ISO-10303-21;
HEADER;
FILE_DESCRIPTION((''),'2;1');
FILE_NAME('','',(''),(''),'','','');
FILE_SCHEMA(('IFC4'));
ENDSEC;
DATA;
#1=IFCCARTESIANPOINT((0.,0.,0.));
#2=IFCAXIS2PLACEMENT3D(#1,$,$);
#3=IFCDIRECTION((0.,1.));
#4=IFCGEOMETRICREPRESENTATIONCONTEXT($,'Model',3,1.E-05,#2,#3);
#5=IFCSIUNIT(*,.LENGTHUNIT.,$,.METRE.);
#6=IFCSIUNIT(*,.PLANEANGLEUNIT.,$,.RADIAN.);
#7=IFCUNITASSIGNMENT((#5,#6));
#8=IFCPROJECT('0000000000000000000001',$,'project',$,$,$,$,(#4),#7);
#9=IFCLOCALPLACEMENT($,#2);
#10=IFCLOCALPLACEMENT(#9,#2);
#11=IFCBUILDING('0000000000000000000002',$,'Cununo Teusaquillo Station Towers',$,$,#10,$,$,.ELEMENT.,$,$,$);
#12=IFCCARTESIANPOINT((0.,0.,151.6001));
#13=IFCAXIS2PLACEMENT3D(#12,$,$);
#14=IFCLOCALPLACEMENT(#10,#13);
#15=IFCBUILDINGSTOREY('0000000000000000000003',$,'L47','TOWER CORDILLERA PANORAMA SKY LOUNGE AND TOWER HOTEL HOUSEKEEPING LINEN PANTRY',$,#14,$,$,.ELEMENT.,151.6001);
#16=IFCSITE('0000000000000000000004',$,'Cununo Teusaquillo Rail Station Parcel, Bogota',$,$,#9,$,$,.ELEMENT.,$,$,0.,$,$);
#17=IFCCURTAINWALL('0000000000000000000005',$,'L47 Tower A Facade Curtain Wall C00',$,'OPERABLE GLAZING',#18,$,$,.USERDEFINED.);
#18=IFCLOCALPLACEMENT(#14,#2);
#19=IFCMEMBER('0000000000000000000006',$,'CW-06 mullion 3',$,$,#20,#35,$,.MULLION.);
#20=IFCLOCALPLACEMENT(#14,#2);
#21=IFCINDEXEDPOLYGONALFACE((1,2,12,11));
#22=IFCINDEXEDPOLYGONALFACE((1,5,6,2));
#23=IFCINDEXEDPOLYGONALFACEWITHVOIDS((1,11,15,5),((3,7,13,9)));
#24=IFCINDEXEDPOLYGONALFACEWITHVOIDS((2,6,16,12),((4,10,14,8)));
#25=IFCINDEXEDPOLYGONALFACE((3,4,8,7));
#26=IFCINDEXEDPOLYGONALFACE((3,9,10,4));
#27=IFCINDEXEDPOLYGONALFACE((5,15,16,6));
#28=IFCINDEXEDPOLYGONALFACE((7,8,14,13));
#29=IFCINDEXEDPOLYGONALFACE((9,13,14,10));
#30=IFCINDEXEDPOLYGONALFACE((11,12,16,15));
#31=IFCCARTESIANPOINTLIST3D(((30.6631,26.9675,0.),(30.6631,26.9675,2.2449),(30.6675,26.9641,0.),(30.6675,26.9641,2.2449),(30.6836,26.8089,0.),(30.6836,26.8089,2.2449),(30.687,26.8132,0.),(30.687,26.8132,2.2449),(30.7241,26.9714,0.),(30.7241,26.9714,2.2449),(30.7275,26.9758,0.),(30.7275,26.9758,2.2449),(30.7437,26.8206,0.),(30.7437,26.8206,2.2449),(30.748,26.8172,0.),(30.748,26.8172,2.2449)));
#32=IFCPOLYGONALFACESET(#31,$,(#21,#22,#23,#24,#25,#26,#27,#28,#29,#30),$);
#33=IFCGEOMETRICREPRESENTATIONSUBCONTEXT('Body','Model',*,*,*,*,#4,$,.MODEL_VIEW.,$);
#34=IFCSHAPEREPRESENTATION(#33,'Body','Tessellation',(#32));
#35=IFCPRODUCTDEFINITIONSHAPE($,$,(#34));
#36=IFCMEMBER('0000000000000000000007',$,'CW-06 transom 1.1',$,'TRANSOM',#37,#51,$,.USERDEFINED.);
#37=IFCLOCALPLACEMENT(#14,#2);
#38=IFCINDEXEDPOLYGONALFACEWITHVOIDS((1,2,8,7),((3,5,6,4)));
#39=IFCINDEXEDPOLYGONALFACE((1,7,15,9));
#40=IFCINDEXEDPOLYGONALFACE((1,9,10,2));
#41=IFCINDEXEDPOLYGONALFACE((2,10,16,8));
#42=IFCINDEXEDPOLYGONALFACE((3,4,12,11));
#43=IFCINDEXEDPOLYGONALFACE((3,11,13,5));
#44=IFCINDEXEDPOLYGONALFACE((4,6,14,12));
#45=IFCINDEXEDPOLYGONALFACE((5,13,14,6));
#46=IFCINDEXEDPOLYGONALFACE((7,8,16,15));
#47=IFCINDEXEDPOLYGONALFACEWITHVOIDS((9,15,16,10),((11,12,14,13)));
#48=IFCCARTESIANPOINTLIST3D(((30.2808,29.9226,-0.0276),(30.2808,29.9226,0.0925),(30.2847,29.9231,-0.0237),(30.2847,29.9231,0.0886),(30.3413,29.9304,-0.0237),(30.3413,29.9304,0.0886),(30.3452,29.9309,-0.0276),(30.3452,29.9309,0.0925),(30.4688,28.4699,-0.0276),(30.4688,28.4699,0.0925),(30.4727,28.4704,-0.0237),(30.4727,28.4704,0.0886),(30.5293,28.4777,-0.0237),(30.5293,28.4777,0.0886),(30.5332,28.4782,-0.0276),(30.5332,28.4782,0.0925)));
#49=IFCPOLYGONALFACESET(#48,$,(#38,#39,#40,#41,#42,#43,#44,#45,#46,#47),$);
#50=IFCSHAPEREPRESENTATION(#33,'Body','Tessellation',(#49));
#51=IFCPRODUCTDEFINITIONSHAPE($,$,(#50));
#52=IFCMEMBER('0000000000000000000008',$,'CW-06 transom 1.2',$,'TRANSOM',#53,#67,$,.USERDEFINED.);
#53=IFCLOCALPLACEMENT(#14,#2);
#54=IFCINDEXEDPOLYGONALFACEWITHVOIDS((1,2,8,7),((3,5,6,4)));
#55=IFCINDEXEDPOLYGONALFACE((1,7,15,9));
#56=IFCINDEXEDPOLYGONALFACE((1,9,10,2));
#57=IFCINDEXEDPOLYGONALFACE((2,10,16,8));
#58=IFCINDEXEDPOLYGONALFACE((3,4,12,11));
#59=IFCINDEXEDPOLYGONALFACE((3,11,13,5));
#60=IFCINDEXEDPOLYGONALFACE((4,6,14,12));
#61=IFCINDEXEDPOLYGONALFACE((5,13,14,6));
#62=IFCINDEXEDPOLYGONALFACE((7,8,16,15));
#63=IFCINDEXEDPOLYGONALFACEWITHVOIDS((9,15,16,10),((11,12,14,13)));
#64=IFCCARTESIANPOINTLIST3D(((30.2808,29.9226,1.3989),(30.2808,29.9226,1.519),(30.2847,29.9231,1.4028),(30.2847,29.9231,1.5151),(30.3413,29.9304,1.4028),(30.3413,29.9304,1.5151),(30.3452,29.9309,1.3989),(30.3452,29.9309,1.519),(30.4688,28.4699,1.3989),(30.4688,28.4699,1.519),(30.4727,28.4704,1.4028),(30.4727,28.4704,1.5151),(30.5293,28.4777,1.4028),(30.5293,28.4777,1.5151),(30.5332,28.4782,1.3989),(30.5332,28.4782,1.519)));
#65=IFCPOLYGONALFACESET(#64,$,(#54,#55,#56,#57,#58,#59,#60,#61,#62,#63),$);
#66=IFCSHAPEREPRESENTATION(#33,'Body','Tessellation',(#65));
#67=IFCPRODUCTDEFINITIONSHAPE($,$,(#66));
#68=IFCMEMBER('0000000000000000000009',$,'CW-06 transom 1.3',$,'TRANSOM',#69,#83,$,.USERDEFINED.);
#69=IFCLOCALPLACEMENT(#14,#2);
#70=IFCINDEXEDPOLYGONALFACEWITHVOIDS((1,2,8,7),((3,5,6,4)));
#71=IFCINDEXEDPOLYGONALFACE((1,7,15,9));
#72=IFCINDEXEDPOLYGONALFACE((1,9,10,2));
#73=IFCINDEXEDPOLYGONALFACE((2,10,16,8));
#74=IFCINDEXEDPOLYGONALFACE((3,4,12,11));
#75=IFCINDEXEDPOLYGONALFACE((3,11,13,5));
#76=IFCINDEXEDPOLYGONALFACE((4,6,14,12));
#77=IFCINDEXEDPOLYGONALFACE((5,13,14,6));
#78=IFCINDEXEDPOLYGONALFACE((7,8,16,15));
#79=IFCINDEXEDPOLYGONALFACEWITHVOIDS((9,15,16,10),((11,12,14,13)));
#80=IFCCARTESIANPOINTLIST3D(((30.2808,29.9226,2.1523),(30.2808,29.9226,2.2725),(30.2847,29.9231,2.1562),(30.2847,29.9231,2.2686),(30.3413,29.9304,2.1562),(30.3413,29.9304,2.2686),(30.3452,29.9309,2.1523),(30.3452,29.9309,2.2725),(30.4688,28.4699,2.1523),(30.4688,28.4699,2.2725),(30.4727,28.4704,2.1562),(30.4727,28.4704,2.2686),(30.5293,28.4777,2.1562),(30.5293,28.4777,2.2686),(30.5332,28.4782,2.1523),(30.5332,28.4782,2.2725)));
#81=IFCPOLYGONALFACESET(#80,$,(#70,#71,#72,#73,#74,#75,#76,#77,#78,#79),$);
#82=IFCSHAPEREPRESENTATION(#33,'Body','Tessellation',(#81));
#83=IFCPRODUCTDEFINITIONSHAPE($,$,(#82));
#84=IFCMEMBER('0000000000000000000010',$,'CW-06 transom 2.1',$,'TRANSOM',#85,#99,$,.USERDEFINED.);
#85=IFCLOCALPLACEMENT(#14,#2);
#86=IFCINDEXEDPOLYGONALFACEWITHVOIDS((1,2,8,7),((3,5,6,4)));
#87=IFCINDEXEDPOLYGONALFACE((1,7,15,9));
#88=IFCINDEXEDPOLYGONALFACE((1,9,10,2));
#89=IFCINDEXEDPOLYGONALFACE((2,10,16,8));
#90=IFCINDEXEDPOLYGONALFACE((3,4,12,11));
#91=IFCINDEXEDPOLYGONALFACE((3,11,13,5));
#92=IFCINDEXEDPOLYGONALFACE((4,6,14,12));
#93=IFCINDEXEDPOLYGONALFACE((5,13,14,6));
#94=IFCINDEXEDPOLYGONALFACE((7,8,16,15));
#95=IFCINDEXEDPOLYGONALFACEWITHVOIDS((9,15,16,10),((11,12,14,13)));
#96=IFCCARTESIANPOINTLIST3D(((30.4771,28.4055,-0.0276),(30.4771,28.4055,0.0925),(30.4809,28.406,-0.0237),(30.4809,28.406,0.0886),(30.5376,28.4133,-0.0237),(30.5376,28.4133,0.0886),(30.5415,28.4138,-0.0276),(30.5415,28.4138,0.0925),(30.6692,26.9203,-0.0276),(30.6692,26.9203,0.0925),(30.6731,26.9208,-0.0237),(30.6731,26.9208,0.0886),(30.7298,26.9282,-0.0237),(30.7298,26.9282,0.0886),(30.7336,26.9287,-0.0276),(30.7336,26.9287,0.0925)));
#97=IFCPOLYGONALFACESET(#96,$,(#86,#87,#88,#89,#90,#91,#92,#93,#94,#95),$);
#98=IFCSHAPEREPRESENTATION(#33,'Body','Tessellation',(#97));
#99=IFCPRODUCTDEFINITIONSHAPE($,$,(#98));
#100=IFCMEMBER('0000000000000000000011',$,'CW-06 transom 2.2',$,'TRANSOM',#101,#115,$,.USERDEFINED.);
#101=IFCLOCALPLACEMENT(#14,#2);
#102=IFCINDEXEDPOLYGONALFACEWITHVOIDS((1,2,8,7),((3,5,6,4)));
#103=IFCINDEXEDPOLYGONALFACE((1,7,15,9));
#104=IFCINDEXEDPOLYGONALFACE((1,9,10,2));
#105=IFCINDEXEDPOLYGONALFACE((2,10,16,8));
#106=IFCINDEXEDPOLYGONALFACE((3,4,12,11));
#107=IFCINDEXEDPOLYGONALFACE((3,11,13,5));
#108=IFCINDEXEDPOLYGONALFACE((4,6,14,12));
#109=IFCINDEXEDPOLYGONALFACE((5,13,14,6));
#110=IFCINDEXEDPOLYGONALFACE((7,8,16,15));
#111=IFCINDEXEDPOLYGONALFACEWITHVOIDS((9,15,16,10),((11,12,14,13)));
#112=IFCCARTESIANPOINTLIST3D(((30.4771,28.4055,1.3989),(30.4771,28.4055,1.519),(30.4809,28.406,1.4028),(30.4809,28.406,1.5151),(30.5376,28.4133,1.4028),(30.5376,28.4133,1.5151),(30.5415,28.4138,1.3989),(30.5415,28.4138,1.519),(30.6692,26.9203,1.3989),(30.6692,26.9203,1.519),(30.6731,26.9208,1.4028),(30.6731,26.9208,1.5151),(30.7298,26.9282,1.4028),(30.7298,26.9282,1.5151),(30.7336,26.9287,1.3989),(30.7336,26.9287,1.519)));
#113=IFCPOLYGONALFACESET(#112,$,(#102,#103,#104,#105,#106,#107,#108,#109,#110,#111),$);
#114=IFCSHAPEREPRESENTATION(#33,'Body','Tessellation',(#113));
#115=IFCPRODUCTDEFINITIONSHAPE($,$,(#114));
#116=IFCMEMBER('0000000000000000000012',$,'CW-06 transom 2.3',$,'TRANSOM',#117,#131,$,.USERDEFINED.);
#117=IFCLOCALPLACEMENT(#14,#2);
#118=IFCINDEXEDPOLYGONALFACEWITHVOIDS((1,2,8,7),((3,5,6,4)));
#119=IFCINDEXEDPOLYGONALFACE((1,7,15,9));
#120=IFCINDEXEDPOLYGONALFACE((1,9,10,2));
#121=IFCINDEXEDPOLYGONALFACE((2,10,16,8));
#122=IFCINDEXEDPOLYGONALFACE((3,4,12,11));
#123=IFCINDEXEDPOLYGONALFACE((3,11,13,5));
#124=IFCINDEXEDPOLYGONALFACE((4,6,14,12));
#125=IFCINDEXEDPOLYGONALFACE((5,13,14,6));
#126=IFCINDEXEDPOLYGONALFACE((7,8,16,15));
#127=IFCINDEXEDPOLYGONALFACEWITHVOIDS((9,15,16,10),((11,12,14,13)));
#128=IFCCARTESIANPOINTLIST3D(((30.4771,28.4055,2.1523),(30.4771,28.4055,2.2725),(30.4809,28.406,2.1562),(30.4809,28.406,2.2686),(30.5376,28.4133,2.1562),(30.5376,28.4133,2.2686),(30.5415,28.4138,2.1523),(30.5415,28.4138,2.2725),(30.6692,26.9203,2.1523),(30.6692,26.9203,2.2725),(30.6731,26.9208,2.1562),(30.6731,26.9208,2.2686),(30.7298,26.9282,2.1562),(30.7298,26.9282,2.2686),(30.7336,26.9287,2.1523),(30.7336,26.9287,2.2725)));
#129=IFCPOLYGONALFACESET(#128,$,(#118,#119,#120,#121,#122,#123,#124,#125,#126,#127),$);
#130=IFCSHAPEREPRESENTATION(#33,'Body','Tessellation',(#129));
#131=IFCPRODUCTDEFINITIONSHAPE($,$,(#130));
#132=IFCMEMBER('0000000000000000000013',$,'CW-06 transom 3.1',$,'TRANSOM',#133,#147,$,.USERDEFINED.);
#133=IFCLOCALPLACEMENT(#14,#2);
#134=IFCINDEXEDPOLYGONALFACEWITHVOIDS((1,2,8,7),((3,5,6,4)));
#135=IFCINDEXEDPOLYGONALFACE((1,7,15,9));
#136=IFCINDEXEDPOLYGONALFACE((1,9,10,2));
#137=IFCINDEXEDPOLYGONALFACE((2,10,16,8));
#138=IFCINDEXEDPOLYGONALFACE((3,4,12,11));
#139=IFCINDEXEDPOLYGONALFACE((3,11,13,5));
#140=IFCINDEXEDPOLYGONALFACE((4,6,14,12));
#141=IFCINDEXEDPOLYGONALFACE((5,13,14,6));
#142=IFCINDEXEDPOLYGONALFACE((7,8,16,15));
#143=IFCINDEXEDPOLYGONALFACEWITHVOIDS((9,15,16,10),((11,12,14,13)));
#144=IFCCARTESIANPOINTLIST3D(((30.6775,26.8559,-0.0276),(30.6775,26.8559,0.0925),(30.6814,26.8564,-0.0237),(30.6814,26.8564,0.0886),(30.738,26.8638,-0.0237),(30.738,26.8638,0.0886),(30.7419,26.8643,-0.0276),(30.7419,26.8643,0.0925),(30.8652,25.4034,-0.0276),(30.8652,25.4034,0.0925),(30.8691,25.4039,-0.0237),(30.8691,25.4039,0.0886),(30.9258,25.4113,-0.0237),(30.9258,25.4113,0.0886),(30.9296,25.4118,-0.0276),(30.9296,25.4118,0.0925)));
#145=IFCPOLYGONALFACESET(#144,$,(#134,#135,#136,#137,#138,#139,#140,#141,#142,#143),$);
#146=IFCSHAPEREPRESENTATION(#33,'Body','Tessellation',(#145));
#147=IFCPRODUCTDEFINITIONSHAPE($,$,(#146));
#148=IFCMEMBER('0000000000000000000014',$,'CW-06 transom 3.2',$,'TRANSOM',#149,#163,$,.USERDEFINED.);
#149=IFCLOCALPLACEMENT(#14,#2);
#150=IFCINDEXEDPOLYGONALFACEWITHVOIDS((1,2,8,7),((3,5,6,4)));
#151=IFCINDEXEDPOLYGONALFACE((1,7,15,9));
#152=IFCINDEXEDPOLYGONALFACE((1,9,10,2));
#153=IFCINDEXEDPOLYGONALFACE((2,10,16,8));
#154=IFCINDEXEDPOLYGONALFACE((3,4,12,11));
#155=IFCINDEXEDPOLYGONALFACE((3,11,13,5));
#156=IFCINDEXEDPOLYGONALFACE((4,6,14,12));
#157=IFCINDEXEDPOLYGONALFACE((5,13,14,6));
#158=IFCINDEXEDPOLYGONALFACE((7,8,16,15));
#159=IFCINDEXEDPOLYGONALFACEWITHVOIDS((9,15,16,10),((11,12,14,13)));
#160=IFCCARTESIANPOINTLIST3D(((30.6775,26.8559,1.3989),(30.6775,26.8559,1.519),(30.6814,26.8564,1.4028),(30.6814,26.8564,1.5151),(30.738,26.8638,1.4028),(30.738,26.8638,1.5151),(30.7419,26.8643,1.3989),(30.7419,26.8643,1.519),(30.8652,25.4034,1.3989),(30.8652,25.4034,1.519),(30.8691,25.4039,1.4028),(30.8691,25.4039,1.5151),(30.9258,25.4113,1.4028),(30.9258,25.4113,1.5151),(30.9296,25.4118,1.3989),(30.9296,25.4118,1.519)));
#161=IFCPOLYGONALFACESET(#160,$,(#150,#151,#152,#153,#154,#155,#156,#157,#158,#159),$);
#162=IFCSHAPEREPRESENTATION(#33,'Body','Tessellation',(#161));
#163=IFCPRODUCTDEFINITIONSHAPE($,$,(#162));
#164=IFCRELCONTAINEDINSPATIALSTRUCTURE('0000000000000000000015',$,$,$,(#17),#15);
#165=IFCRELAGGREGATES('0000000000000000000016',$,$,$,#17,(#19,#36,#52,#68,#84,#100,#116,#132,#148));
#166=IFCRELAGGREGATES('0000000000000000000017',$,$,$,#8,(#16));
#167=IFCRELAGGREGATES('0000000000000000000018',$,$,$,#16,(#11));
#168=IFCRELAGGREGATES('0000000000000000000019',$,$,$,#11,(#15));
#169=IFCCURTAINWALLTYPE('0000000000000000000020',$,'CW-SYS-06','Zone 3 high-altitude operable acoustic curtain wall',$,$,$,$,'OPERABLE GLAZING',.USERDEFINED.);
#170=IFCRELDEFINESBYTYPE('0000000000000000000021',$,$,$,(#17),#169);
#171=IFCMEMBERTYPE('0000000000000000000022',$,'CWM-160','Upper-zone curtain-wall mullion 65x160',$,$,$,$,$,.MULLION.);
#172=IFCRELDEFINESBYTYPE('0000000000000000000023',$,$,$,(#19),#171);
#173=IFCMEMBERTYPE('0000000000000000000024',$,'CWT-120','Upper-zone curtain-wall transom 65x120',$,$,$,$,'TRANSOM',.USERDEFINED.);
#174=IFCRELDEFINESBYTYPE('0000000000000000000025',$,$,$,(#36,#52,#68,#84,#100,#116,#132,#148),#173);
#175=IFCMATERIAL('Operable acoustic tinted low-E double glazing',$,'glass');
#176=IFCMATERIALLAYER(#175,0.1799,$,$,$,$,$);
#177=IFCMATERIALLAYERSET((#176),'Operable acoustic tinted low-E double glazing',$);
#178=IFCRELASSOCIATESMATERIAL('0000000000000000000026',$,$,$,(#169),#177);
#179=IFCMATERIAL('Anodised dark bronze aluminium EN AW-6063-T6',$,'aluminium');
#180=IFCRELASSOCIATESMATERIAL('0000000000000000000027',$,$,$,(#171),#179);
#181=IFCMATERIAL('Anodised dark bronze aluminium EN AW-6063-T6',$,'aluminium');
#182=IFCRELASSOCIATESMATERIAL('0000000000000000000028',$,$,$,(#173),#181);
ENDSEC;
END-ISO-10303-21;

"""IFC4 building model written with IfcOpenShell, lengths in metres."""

from ifc_helpers import new_model, si_unit, direction, frame, origin, origin_2d, place, context, subcontext, project, spatial, hollow_rectangle, extrude, material, layer, layer_set, material_profile, profile_set, type_object, element, aggregate, save


model = new_model("IFC4")

# Units and contexts
model_context = context("Model", 3, precision=1e-05, world=origin(), true_north=direction((0.0, 1.0)))
body_context = subcontext(model_context, "Body", "Model", "MODEL_VIEW")
ifc_project = project(units=[si_unit("LENGTHUNIT", "METRE"), si_unit("PLANEANGLEUNIT", "RADIAN")], contexts=[model_context])

# Site, building, storey
site_placement = place(None, origin())
site = spatial("IfcSite", under=ifc_project, at=site_placement, Name="Cununo Teusaquillo Rail Station Parcel, Bogota", CompositionType="ELEMENT", RefElevation=0.0)
building_placement = place(site_placement, origin())
building = spatial("IfcBuilding", under=site, at=building_placement, Name="Cununo Teusaquillo Station Towers", CompositionType="ELEMENT")
storey_placement = place(building_placement, frame((0.0, 0.0, 151.6001)))
storey = spatial("IfcBuildingStorey", under=building, at=storey_placement, Name="L47", Description="TOWER CORDILLERA PANORAMA SKY LOUNGE AND TOWER HOTEL HOUSEKEEPING LINEN PANTRY", CompositionType="ELEMENT", Elevation=151.6001)

# Curtain wall, members
ifc_material_1 = material(Name="Operable acoustic tinted low-E double glazing", Category="glass")
ifc_layer_1 = layer(ifc_material_1, 0.1799)
ifc_layer_set_1 = layer_set([ifc_layer_1], Name="Operable acoustic tinted low-E double glazing")
curtain_wall_type = type_object("IfcCurtainWallType", Name="CW-SYS-06", Description="Zone 3 high-altitude operable acoustic curtain wall", ElementType="OPERABLE GLAZING", PredefinedType="USERDEFINED", material=ifc_layer_set_1)
curtain_wall_placement = place(storey_placement, origin())
curtain_wall = element("IfcCurtainWall", 1, at=curtain_wall_placement, inside=storey, type_object=curtain_wall_type, Name="L47 Tower A Facade Curtain Wall C00", ObjectType="OPERABLE GLAZING", PredefinedType="USERDEFINED")
ifc_material_2 = material(Name="Anodised dark bronze aluminium EN AW-6063-T6", Category="aluminium")
ifc_material_profile_1 = material_profile(ifc_material_2, hollow_rectangle(XDim=0.0649, YDim=0.1599, WallThickness=0.0039, at=origin_2d()), Name="CW-MULL-65x160")
ifc_profile_set_1 = profile_set([ifc_material_profile_1], Name="Anodised dark bronze aluminium EN AW-6063-T6")
member_type_1 = type_object("IfcMemberType", Name="CWM-160", Description="Upper-zone curtain-wall mullion 65x160", PredefinedType="MULLION", material=ifc_profile_set_1)
member_1_placement = place(storey_placement, frame((30.7056, 26.8923, 0.0), z_axis=(0.0, 0.0, 1.0), x_axis=(0.991736, 0.128293, 0.0)))
member_1 = element("IfcMember", 2, at=member_1_placement, type_object=member_type_1, Name="CW-06 mullion 3", PredefinedType="MULLION", context=body_context, shape_type="SweptSolid", body=[
    extrude(hollow_rectangle(XDim=0.0649, YDim=0.1599, WallThickness=0.0039, at=origin_2d()), origin(), (0.0, 0.0, 1.0), 2.2449),
])
ifc_material_3 = material(Name="Anodised dark bronze aluminium EN AW-6063-T6", Category="aluminium")
ifc_material_profile_2 = material_profile(ifc_material_3, hollow_rectangle(XDim=0.0649, YDim=0.1201, WallThickness=0.0039, at=origin_2d()), Name="CW-TRAN-65x120")
ifc_profile_set_2 = profile_set([ifc_material_profile_2], Name="Anodised dark bronze aluminium EN AW-6063-T6")
member_type_2 = type_object("IfcMemberType", Name="CWT-120", Description="Upper-zone curtain-wall transom 65x120", ElementType="TRANSOM", PredefinedType="USERDEFINED", material=ifc_profile_set_2)
member_2_placement = place(storey_placement, frame((30.313, 29.9268, 0.0325), z_axis=(0.128342, -0.99173, 0.0), x_axis=(0.99173, 0.128342, 0.0)))
member_2 = element("IfcMember", 3, at=member_2_placement, type_object=member_type_2, Name="CW-06 transom 1.1", ObjectType="TRANSOM", PredefinedType="USERDEFINED", context=body_context, shape_type="SweptSolid", body=[
    extrude(hollow_rectangle(XDim=0.0649, YDim=0.1201, WallThickness=0.0039, at=origin_2d()), origin(), (0.0, 0.0, 1.0), 1.4648),
])
member_3_placement = place(storey_placement, frame((30.313, 29.9268, 1.459), z_axis=(0.128342, -0.99173, 0.0), x_axis=(0.99173, 0.128342, 0.0)))
member_3 = element("IfcMember", 4, at=member_3_placement, type_object=member_type_2, Name="CW-06 transom 1.2", ObjectType="TRANSOM", PredefinedType="USERDEFINED", context=body_context, shape_type="SweptSolid", body=[
    extrude(hollow_rectangle(XDim=0.0649, YDim=0.1201, WallThickness=0.0039, at=origin_2d()), origin(), (0.0, 0.0, 1.0), 1.4648),
])
member_4_placement = place(storey_placement, frame((30.313, 29.9268, 2.2124), z_axis=(0.128342, -0.99173, 0.0), x_axis=(0.99173, 0.128342, 0.0)))
member_4 = element("IfcMember", 5, at=member_4_placement, type_object=member_type_2, Name="CW-06 transom 1.3", ObjectType="TRANSOM", PredefinedType="USERDEFINED", context=body_context, shape_type="SweptSolid", body=[
    extrude(hollow_rectangle(XDim=0.0649, YDim=0.1201, WallThickness=0.0039, at=origin_2d()), origin(), (0.0, 0.0, 1.0), 1.4648),
])
member_5_placement = place(storey_placement, frame((30.5093, 28.4097, 0.0325), z_axis=(0.128308, -0.991734, 0.0), x_axis=(0.991734, 0.128308, 0.0)))
member_5 = element("IfcMember", 6, at=member_5_placement, type_object=member_type_2, Name="CW-06 transom 2.1", ObjectType="TRANSOM", PredefinedType="USERDEFINED", context=body_context, shape_type="SweptSolid", body=[
    extrude(hollow_rectangle(XDim=0.0649, YDim=0.1201, WallThickness=0.0039, at=origin_2d()), origin(), (0.0, 0.0, 1.0), 1.4976),
])
member_6_placement = place(storey_placement, frame((30.5093, 28.4097, 1.459), z_axis=(0.128308, -0.991734, 0.0), x_axis=(0.991734, 0.128308, 0.0)))
member_6 = element("IfcMember", 7, at=member_6_placement, type_object=member_type_2, Name="CW-06 transom 2.2", ObjectType="TRANSOM", PredefinedType="USERDEFINED", context=body_context, shape_type="SweptSolid", body=[
    extrude(hollow_rectangle(XDim=0.0649, YDim=0.1201, WallThickness=0.0039, at=origin_2d()), origin(), (0.0, 0.0, 1.0), 1.4976),
])
member_7_placement = place(storey_placement, frame((30.5093, 28.4097, 2.2124), z_axis=(0.128308, -0.991734, 0.0), x_axis=(0.991734, 0.128308, 0.0)))
member_7 = element("IfcMember", 8, at=member_7_placement, type_object=member_type_2, Name="CW-06 transom 2.3", ObjectType="TRANSOM", PredefinedType="USERDEFINED", context=body_context, shape_type="SweptSolid", body=[
    extrude(hollow_rectangle(XDim=0.0649, YDim=0.1201, WallThickness=0.0039, at=origin_2d()), origin(), (0.0, 0.0, 1.0), 1.4976),
])
member_8_placement = place(storey_placement, frame((30.7097, 26.8601, 0.0325), z_axis=(0.128178, -0.991751, 0.0), x_axis=(0.991751, 0.128178, 0.0)))
member_8 = element("IfcMember", 9, at=member_8_placement, type_object=member_type_2, Name="CW-06 transom 3.1", ObjectType="TRANSOM", PredefinedType="USERDEFINED", context=body_context, shape_type="SweptSolid", body=[
    extrude(hollow_rectangle(XDim=0.0649, YDim=0.1201, WallThickness=0.0039, at=origin_2d()), origin(), (0.0, 0.0, 1.0), 1.4646),
])
member_9_placement = place(storey_placement, frame((30.7097, 26.8601, 1.459), z_axis=(0.128178, -0.991751, 0.0), x_axis=(0.991751, 0.128178, 0.0)))
member_9 = element("IfcMember", 10, at=member_9_placement, type_object=member_type_2, Name="CW-06 transom 3.2", ObjectType="TRANSOM", PredefinedType="USERDEFINED", context=body_context, shape_type="SweptSolid", body=[
    extrude(hollow_rectangle(XDim=0.0649, YDim=0.1201, WallThickness=0.0039, at=origin_2d()), origin(), (0.0, 0.0, 1.0), 1.4646),
])

aggregate(curtain_wall, [member_1, member_2, member_3, member_4, member_5, member_6, member_7, member_8, member_9])

save(model, "model.ifc")
